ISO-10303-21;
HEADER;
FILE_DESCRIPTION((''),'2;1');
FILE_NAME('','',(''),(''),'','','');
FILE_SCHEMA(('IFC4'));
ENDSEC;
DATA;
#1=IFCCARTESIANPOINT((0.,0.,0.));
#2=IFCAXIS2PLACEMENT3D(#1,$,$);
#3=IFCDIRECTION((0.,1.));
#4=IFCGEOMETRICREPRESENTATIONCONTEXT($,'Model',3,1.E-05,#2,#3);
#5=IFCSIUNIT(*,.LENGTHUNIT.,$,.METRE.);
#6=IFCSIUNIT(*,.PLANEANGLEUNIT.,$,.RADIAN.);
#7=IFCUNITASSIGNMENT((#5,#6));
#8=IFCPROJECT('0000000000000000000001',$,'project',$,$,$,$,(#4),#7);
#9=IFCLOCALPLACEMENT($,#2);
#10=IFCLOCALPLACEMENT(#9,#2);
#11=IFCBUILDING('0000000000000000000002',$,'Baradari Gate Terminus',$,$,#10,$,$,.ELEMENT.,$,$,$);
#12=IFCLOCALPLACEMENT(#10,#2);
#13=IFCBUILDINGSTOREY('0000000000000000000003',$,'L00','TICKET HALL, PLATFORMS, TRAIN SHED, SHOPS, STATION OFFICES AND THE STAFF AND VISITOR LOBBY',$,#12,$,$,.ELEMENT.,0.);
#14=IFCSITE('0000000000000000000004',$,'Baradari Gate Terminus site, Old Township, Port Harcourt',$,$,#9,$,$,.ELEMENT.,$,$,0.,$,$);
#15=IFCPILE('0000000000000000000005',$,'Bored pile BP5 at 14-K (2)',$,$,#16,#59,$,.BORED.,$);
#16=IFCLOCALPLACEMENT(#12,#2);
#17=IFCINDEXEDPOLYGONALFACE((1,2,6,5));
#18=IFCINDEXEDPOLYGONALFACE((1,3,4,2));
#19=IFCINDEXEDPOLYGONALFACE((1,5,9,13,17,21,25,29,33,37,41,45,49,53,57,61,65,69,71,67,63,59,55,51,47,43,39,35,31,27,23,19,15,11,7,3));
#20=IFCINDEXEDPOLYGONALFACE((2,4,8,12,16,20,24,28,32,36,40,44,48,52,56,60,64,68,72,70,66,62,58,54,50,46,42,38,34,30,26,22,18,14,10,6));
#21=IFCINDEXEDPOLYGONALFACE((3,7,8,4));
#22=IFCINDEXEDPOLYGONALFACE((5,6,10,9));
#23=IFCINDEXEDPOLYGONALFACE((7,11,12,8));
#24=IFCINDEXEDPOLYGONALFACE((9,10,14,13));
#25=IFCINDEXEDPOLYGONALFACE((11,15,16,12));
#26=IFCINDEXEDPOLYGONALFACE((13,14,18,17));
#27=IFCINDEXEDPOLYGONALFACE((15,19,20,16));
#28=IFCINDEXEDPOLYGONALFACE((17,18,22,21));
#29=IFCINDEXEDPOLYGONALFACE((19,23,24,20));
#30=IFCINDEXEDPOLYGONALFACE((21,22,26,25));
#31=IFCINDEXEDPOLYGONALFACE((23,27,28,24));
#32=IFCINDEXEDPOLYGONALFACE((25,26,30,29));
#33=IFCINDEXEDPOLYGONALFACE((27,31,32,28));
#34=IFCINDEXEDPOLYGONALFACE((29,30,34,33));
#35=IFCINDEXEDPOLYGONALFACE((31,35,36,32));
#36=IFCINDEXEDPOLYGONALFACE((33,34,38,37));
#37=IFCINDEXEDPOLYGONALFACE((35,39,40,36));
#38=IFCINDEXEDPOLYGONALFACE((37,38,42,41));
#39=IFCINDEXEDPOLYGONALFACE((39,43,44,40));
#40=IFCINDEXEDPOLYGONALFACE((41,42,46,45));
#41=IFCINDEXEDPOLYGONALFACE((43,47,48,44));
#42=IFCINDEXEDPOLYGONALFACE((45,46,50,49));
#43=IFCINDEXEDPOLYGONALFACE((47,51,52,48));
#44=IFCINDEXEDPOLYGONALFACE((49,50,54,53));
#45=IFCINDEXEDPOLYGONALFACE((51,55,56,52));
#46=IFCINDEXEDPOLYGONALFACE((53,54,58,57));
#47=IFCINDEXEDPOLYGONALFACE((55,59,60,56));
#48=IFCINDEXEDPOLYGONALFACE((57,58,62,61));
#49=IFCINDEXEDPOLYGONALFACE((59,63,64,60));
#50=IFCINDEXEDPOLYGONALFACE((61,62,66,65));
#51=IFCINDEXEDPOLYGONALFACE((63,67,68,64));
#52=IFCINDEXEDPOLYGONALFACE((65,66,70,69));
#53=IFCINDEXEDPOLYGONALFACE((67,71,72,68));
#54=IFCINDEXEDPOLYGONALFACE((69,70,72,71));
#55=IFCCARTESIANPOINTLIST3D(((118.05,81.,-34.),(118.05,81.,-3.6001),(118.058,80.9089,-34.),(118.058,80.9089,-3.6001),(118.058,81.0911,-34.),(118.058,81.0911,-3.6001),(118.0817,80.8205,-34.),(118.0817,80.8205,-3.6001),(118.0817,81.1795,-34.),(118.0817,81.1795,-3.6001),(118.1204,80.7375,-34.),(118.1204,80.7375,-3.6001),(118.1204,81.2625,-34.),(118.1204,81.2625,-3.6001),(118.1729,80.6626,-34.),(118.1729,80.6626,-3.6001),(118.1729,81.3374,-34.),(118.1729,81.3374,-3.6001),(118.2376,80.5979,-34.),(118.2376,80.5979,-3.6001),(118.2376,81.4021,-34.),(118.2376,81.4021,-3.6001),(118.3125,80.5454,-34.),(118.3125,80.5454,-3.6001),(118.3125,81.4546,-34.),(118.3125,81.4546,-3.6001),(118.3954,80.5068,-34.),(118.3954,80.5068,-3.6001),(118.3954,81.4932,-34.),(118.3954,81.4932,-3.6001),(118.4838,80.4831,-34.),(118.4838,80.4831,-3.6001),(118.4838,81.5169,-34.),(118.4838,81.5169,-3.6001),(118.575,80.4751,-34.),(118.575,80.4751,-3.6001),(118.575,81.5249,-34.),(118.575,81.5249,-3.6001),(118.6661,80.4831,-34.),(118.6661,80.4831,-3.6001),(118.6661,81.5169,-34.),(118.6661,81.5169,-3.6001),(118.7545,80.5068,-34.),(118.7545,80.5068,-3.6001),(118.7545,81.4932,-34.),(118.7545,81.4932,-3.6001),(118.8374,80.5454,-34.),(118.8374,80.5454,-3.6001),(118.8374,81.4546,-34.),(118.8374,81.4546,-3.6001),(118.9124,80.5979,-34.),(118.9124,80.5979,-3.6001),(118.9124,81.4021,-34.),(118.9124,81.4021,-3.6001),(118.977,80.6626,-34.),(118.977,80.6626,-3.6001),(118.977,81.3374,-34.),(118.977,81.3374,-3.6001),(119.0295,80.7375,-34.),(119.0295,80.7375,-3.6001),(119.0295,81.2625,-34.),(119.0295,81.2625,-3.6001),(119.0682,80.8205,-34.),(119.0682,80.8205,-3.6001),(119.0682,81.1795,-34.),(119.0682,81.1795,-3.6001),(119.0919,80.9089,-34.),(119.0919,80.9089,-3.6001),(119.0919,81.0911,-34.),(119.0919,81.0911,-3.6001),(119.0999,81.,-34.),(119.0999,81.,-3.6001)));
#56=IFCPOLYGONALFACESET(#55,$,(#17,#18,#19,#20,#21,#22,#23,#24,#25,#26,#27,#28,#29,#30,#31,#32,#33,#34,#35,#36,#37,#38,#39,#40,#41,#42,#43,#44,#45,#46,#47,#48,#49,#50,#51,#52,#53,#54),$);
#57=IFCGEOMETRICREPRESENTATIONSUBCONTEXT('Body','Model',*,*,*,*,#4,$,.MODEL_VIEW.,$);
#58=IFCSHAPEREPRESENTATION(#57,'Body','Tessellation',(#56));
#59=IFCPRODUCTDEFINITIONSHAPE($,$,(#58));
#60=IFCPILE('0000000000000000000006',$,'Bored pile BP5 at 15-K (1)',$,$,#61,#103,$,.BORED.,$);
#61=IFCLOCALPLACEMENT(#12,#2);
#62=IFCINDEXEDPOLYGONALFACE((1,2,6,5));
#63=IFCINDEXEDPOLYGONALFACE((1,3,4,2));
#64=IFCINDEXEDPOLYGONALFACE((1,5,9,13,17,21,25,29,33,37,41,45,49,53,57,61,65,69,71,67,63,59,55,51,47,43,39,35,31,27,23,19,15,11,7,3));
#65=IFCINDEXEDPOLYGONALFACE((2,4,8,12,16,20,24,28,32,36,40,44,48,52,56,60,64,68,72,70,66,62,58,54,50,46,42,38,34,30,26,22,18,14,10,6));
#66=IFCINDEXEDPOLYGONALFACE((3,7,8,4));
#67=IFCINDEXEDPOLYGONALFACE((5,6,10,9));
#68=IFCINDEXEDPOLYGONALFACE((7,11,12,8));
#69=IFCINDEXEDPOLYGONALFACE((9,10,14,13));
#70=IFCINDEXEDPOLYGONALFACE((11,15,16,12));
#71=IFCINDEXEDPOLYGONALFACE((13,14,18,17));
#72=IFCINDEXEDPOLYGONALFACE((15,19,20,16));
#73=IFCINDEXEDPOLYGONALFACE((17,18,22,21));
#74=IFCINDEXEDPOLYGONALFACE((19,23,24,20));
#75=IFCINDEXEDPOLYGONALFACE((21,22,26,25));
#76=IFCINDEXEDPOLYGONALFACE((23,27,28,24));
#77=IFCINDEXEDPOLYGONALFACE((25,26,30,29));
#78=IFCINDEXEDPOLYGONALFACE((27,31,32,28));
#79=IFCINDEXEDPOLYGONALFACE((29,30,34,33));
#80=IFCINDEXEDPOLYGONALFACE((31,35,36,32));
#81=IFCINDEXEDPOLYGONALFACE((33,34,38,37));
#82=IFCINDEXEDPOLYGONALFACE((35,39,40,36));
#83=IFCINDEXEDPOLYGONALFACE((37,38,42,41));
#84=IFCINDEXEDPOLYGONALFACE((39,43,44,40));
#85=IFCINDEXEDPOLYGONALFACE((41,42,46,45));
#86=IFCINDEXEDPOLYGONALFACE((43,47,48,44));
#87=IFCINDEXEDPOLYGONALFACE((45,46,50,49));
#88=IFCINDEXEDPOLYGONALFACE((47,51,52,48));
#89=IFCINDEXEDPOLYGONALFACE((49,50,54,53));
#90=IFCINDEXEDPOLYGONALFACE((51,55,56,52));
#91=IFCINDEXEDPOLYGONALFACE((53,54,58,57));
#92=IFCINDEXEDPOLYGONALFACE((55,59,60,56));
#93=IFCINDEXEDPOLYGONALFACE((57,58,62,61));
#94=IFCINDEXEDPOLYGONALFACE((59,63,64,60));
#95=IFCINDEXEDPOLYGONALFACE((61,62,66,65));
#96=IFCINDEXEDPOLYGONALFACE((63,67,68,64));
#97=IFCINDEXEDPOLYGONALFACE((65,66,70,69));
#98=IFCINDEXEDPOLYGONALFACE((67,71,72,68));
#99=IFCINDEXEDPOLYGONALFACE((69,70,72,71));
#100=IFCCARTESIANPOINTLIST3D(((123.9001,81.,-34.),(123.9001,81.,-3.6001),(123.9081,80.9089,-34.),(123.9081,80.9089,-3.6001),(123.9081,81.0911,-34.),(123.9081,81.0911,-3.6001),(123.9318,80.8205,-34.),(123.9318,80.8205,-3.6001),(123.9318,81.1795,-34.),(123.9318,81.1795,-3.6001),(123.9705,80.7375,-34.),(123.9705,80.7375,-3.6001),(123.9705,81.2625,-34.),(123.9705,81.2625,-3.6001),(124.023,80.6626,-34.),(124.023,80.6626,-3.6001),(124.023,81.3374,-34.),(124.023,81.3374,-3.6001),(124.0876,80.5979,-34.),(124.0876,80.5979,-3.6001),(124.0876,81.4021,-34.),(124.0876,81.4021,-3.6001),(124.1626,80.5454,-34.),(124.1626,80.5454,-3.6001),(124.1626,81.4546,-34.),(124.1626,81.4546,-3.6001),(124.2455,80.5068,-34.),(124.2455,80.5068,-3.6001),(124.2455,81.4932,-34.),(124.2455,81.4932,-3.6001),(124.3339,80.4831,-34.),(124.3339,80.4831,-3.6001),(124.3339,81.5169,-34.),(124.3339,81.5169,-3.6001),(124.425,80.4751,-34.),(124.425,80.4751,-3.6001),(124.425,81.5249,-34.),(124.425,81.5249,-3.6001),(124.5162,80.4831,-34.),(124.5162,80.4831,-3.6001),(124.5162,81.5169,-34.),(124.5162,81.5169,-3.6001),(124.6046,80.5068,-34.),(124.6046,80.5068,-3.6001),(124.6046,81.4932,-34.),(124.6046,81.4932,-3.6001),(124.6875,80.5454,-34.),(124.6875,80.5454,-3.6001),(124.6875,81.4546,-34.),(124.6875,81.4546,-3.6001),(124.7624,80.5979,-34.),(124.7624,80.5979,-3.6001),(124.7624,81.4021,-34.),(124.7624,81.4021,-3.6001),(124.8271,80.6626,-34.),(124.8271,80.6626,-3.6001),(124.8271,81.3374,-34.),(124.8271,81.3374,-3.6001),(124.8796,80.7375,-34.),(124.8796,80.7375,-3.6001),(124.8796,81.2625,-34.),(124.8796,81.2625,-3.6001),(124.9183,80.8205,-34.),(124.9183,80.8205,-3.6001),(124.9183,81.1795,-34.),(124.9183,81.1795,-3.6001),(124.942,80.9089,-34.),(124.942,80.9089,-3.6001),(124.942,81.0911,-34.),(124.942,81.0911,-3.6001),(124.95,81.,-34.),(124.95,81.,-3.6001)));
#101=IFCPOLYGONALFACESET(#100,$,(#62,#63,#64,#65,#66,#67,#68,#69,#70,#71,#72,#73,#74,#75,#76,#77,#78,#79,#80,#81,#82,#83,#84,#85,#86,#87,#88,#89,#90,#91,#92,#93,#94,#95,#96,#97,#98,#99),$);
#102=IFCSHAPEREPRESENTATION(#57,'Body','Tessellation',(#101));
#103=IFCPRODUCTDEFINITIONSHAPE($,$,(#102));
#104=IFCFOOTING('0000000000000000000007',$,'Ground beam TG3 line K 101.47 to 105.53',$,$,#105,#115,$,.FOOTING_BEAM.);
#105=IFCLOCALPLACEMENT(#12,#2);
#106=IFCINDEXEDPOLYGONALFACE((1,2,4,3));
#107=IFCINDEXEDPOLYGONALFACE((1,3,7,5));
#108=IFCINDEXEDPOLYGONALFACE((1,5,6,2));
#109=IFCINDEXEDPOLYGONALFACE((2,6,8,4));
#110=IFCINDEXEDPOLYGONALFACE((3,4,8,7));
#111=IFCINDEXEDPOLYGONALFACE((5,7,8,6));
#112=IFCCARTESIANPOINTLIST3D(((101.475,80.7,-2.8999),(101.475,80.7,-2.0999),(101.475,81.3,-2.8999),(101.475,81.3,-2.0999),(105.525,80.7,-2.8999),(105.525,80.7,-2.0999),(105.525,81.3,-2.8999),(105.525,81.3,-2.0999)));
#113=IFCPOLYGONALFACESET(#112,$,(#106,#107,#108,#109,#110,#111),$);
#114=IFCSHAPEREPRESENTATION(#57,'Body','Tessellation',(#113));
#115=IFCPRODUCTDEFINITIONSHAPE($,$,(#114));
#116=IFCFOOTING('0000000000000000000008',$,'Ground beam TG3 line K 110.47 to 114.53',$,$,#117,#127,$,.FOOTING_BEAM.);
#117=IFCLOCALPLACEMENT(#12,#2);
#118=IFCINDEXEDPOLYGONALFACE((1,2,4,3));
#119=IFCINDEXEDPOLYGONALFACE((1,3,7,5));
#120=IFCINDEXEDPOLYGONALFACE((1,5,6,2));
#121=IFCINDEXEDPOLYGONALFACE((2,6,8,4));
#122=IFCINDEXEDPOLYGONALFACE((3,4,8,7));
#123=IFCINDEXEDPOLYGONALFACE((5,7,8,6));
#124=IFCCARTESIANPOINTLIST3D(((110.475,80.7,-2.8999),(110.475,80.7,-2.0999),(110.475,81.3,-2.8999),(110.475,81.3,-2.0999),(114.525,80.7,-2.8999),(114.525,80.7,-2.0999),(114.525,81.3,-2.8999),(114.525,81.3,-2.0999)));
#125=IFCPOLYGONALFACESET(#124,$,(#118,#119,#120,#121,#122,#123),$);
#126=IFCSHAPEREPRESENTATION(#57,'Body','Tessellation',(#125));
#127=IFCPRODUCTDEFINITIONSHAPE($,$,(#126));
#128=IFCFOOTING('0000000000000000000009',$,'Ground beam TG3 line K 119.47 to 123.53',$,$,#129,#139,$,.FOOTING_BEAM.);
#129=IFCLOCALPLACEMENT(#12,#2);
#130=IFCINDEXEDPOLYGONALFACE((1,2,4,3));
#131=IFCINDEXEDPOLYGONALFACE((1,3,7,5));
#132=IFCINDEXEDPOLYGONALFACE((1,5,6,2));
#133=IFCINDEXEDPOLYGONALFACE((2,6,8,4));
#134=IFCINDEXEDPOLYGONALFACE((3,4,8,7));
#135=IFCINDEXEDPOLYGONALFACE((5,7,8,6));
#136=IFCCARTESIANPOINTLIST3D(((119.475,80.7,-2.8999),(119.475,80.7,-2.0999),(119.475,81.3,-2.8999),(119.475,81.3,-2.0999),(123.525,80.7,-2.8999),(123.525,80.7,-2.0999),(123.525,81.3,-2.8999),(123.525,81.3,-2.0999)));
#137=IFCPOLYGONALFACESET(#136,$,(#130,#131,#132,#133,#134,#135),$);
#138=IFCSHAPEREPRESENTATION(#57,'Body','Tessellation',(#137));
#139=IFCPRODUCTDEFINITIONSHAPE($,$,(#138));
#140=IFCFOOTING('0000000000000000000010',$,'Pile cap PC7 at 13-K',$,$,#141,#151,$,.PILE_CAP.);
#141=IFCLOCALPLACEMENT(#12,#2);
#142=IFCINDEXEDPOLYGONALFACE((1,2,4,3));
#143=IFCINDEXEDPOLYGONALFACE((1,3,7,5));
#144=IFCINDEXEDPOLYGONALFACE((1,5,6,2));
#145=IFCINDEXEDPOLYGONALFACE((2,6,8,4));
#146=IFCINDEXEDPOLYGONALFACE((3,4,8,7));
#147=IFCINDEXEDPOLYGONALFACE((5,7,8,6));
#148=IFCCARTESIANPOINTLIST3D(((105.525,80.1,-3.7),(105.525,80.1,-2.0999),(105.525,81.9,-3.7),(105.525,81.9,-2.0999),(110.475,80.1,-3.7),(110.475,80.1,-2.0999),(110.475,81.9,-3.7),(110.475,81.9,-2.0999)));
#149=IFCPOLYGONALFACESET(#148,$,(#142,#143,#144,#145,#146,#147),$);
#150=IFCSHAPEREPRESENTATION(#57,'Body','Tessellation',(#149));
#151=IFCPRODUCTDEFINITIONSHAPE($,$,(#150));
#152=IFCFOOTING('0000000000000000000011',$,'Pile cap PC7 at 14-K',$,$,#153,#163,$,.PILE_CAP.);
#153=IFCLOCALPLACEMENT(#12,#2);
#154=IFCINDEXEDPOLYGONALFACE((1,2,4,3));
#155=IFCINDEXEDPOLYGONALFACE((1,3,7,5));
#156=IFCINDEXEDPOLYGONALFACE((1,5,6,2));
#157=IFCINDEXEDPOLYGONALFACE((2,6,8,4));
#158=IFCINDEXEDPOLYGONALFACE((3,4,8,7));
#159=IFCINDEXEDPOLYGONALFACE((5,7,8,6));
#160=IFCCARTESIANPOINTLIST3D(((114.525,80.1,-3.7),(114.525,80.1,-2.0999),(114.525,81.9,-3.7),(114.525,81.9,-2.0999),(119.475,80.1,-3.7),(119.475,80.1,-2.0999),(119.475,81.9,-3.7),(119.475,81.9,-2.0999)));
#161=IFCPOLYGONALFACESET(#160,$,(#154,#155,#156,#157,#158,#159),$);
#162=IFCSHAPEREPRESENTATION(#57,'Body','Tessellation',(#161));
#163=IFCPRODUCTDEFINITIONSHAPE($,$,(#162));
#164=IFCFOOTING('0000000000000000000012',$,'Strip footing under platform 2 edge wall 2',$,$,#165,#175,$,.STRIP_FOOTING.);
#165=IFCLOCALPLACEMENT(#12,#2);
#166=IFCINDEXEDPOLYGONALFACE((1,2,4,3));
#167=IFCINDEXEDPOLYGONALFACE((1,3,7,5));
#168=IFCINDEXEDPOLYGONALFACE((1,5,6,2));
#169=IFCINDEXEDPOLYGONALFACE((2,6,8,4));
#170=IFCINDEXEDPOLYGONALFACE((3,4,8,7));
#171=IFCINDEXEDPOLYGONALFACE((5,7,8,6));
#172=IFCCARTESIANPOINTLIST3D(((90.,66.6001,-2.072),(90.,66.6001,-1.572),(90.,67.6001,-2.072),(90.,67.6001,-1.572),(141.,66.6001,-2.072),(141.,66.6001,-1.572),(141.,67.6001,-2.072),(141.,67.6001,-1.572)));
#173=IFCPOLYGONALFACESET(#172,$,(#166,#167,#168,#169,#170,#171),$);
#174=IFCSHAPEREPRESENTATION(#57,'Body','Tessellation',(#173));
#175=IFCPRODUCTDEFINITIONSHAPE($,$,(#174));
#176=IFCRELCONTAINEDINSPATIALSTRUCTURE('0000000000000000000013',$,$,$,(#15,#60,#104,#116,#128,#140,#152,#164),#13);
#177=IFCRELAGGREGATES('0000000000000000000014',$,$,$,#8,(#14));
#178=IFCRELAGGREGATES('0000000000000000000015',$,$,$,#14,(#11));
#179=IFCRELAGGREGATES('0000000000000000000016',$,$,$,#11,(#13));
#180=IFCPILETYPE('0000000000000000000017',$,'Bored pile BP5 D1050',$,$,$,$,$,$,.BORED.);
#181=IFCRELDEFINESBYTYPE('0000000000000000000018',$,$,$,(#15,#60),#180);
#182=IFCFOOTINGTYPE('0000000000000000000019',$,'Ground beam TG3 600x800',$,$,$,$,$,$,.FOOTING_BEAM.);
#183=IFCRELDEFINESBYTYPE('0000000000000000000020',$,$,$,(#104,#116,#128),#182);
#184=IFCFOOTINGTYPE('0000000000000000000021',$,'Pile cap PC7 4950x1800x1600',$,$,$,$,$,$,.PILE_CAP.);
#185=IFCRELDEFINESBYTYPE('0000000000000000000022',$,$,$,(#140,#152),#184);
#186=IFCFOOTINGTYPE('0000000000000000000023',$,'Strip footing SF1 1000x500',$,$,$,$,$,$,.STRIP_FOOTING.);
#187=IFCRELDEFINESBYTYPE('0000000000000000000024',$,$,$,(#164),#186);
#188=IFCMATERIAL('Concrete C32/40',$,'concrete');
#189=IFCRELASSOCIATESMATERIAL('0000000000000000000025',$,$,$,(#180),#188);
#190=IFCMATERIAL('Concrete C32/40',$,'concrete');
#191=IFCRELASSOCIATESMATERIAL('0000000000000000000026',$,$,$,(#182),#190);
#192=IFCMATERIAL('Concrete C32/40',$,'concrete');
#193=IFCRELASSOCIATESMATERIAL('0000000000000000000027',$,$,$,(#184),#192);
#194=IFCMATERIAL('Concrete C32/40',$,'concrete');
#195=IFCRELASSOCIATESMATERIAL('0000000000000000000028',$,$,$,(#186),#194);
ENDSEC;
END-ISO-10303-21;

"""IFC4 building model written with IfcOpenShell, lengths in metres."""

from ifc_helpers import new_model, si_unit, direction, frame, origin, origin_2d, place, context, subcontext, project, spatial, rectangle, circle, extrude, material, type_object, element, save


model = new_model("IFC4")

# Units and contexts
model_context = context("Model", 3, precision=1e-05, world=origin(), true_north=direction((0.0, 1.0)))
body_context = subcontext(model_context, "Body", "Model", "MODEL_VIEW")
ifc_project = project(units=[si_unit("LENGTHUNIT", "METRE"), si_unit("PLANEANGLEUNIT", "RADIAN")], contexts=[model_context])

# Site, building, storey
site_placement = place(None, origin())
site = spatial("IfcSite", under=ifc_project, at=site_placement, Name="Baradari Gate Terminus site, Old Township, Port Harcourt", CompositionType="ELEMENT", RefElevation=0.0)
building_placement = place(site_placement, origin())
building = spatial("IfcBuilding", under=site, at=building_placement, Name="Baradari Gate Terminus", CompositionType="ELEMENT")
storey_placement = place(building_placement, origin())
storey = spatial("IfcBuildingStorey", under=building, at=storey_placement, Name="L00", Description="TICKET HALL, PLATFORMS, TRAIN SHED, SHOPS, STATION OFFICES AND THE STAFF AND VISITOR LOBBY", CompositionType="ELEMENT", Elevation=0.0)

# Piles
ifc_material_1 = material(Name="Concrete C32/40", Category="concrete")
pile_type = type_object("IfcPileType", Name="Bored pile BP5 D1050", PredefinedType="BORED", material=ifc_material_1)
for number, where, z_axis, x_axis, name in (
    (1, (118.575, 81.0, -3.6001), (0.0, 0.0, -1.0), (1.0, 0.0, 0.0), "Bored pile BP5 at 14-K (2)"),
    (2, (124.425, 81.0, -3.6001), (0.0, 0.0, -1.0), (1.0, 0.0, 0.0), "Bored pile BP5 at 15-K (1)"),
):
    element("IfcPile", number, at=place(storey_placement, frame(where, z_axis=z_axis, x_axis=x_axis)), inside=storey, type_object=pile_type, Name=name, PredefinedType="BORED", context=body_context, shape_type="SweptSolid", body=[
        extrude(circle(Radius=0.5249, at=origin_2d()), origin(), (0.0, 0.0, 1.0), 30.3999),
    ])

# Footings
ifc_material_2 = material(Name="Concrete C32/40", Category="concrete")
footing_type_1 = type_object("IfcFootingType", Name="Ground beam TG3 600x800", PredefinedType="FOOTING_BEAM", material=ifc_material_2)
for number, where, z_axis, x_axis, name in (
    (3, (103.5, 81.0, -2.8999), (0.0, 0.0, 1.0), (1.0, 0.0, 0.0), "Ground beam TG3 line K 101.47 to 105.53"),
    (4, (112.5, 81.0, -2.8999), (0.0, 0.0, 1.0), (1.0, 0.0, 0.0), "Ground beam TG3 line K 110.47 to 114.53"),
    (5, (121.5, 81.0, -2.8999), (0.0, 0.0, 1.0), (1.0, 0.0, 0.0), "Ground beam TG3 line K 119.47 to 123.53"),
):
    element("IfcFooting", number, at=place(storey_placement, frame(where, z_axis=z_axis, x_axis=x_axis)), inside=storey, type_object=footing_type_1, Name=name, PredefinedType="FOOTING_BEAM", context=body_context, shape_type="SweptSolid", body=[
        extrude(rectangle(XDim=4.05, YDim=0.6001, at=origin_2d()), origin(), (0.0, 0.0, 1.0), 0.8),
    ])
ifc_material_3 = material(Name="Concrete C32/40", Category="concrete")
footing_type_2 = type_object("IfcFootingType", Name="Pile cap PC7 4950x1800x1600", PredefinedType="PILE_CAP", material=ifc_material_3)
for number, where, z_axis, x_axis, name in (
    (6, (108.0, 81.0, -3.7), (0.0, 0.0, 1.0), (1.0, 0.0, 0.0), "Pile cap PC7 at 13-K"),
    (7, (117.0, 81.0, -3.7), (0.0, 0.0, 1.0), (1.0, 0.0, 0.0), "Pile cap PC7 at 14-K"),
):
    element("IfcFooting", number, at=place(storey_placement, frame(where, z_axis=z_axis, x_axis=x_axis)), inside=storey, type_object=footing_type_2, Name=name, PredefinedType="PILE_CAP", context=body_context, shape_type="SweptSolid", body=[
        extrude(rectangle(XDim=4.95, YDim=1.8, at=origin_2d()), origin(), (0.0, 0.0, 1.0), 1.6001),
    ])
ifc_material_4 = material(Name="Concrete C32/40", Category="concrete")
footing_type_3 = type_object("IfcFootingType", Name="Strip footing SF1 1000x500", PredefinedType="STRIP_FOOTING", material=ifc_material_4)
footing_placement = place(storey_placement, frame((115.5, 67.1001, -2.072), z_axis=(0.0, 0.0, 1.0), x_axis=(1.0, 0.0, 0.0)))
element("IfcFooting", 8, at=footing_placement, inside=storey, type_object=footing_type_3, Name="Strip footing under platform 2 edge wall 2", PredefinedType="STRIP_FOOTING", context=body_context, shape_type="SweptSolid", body=[
    extrude(rectangle(XDim=51.0, YDim=1.0, at=origin_2d()), origin(), (0.0, 0.0, 1.0), 0.5),
])

save(model, "model.ifc")
